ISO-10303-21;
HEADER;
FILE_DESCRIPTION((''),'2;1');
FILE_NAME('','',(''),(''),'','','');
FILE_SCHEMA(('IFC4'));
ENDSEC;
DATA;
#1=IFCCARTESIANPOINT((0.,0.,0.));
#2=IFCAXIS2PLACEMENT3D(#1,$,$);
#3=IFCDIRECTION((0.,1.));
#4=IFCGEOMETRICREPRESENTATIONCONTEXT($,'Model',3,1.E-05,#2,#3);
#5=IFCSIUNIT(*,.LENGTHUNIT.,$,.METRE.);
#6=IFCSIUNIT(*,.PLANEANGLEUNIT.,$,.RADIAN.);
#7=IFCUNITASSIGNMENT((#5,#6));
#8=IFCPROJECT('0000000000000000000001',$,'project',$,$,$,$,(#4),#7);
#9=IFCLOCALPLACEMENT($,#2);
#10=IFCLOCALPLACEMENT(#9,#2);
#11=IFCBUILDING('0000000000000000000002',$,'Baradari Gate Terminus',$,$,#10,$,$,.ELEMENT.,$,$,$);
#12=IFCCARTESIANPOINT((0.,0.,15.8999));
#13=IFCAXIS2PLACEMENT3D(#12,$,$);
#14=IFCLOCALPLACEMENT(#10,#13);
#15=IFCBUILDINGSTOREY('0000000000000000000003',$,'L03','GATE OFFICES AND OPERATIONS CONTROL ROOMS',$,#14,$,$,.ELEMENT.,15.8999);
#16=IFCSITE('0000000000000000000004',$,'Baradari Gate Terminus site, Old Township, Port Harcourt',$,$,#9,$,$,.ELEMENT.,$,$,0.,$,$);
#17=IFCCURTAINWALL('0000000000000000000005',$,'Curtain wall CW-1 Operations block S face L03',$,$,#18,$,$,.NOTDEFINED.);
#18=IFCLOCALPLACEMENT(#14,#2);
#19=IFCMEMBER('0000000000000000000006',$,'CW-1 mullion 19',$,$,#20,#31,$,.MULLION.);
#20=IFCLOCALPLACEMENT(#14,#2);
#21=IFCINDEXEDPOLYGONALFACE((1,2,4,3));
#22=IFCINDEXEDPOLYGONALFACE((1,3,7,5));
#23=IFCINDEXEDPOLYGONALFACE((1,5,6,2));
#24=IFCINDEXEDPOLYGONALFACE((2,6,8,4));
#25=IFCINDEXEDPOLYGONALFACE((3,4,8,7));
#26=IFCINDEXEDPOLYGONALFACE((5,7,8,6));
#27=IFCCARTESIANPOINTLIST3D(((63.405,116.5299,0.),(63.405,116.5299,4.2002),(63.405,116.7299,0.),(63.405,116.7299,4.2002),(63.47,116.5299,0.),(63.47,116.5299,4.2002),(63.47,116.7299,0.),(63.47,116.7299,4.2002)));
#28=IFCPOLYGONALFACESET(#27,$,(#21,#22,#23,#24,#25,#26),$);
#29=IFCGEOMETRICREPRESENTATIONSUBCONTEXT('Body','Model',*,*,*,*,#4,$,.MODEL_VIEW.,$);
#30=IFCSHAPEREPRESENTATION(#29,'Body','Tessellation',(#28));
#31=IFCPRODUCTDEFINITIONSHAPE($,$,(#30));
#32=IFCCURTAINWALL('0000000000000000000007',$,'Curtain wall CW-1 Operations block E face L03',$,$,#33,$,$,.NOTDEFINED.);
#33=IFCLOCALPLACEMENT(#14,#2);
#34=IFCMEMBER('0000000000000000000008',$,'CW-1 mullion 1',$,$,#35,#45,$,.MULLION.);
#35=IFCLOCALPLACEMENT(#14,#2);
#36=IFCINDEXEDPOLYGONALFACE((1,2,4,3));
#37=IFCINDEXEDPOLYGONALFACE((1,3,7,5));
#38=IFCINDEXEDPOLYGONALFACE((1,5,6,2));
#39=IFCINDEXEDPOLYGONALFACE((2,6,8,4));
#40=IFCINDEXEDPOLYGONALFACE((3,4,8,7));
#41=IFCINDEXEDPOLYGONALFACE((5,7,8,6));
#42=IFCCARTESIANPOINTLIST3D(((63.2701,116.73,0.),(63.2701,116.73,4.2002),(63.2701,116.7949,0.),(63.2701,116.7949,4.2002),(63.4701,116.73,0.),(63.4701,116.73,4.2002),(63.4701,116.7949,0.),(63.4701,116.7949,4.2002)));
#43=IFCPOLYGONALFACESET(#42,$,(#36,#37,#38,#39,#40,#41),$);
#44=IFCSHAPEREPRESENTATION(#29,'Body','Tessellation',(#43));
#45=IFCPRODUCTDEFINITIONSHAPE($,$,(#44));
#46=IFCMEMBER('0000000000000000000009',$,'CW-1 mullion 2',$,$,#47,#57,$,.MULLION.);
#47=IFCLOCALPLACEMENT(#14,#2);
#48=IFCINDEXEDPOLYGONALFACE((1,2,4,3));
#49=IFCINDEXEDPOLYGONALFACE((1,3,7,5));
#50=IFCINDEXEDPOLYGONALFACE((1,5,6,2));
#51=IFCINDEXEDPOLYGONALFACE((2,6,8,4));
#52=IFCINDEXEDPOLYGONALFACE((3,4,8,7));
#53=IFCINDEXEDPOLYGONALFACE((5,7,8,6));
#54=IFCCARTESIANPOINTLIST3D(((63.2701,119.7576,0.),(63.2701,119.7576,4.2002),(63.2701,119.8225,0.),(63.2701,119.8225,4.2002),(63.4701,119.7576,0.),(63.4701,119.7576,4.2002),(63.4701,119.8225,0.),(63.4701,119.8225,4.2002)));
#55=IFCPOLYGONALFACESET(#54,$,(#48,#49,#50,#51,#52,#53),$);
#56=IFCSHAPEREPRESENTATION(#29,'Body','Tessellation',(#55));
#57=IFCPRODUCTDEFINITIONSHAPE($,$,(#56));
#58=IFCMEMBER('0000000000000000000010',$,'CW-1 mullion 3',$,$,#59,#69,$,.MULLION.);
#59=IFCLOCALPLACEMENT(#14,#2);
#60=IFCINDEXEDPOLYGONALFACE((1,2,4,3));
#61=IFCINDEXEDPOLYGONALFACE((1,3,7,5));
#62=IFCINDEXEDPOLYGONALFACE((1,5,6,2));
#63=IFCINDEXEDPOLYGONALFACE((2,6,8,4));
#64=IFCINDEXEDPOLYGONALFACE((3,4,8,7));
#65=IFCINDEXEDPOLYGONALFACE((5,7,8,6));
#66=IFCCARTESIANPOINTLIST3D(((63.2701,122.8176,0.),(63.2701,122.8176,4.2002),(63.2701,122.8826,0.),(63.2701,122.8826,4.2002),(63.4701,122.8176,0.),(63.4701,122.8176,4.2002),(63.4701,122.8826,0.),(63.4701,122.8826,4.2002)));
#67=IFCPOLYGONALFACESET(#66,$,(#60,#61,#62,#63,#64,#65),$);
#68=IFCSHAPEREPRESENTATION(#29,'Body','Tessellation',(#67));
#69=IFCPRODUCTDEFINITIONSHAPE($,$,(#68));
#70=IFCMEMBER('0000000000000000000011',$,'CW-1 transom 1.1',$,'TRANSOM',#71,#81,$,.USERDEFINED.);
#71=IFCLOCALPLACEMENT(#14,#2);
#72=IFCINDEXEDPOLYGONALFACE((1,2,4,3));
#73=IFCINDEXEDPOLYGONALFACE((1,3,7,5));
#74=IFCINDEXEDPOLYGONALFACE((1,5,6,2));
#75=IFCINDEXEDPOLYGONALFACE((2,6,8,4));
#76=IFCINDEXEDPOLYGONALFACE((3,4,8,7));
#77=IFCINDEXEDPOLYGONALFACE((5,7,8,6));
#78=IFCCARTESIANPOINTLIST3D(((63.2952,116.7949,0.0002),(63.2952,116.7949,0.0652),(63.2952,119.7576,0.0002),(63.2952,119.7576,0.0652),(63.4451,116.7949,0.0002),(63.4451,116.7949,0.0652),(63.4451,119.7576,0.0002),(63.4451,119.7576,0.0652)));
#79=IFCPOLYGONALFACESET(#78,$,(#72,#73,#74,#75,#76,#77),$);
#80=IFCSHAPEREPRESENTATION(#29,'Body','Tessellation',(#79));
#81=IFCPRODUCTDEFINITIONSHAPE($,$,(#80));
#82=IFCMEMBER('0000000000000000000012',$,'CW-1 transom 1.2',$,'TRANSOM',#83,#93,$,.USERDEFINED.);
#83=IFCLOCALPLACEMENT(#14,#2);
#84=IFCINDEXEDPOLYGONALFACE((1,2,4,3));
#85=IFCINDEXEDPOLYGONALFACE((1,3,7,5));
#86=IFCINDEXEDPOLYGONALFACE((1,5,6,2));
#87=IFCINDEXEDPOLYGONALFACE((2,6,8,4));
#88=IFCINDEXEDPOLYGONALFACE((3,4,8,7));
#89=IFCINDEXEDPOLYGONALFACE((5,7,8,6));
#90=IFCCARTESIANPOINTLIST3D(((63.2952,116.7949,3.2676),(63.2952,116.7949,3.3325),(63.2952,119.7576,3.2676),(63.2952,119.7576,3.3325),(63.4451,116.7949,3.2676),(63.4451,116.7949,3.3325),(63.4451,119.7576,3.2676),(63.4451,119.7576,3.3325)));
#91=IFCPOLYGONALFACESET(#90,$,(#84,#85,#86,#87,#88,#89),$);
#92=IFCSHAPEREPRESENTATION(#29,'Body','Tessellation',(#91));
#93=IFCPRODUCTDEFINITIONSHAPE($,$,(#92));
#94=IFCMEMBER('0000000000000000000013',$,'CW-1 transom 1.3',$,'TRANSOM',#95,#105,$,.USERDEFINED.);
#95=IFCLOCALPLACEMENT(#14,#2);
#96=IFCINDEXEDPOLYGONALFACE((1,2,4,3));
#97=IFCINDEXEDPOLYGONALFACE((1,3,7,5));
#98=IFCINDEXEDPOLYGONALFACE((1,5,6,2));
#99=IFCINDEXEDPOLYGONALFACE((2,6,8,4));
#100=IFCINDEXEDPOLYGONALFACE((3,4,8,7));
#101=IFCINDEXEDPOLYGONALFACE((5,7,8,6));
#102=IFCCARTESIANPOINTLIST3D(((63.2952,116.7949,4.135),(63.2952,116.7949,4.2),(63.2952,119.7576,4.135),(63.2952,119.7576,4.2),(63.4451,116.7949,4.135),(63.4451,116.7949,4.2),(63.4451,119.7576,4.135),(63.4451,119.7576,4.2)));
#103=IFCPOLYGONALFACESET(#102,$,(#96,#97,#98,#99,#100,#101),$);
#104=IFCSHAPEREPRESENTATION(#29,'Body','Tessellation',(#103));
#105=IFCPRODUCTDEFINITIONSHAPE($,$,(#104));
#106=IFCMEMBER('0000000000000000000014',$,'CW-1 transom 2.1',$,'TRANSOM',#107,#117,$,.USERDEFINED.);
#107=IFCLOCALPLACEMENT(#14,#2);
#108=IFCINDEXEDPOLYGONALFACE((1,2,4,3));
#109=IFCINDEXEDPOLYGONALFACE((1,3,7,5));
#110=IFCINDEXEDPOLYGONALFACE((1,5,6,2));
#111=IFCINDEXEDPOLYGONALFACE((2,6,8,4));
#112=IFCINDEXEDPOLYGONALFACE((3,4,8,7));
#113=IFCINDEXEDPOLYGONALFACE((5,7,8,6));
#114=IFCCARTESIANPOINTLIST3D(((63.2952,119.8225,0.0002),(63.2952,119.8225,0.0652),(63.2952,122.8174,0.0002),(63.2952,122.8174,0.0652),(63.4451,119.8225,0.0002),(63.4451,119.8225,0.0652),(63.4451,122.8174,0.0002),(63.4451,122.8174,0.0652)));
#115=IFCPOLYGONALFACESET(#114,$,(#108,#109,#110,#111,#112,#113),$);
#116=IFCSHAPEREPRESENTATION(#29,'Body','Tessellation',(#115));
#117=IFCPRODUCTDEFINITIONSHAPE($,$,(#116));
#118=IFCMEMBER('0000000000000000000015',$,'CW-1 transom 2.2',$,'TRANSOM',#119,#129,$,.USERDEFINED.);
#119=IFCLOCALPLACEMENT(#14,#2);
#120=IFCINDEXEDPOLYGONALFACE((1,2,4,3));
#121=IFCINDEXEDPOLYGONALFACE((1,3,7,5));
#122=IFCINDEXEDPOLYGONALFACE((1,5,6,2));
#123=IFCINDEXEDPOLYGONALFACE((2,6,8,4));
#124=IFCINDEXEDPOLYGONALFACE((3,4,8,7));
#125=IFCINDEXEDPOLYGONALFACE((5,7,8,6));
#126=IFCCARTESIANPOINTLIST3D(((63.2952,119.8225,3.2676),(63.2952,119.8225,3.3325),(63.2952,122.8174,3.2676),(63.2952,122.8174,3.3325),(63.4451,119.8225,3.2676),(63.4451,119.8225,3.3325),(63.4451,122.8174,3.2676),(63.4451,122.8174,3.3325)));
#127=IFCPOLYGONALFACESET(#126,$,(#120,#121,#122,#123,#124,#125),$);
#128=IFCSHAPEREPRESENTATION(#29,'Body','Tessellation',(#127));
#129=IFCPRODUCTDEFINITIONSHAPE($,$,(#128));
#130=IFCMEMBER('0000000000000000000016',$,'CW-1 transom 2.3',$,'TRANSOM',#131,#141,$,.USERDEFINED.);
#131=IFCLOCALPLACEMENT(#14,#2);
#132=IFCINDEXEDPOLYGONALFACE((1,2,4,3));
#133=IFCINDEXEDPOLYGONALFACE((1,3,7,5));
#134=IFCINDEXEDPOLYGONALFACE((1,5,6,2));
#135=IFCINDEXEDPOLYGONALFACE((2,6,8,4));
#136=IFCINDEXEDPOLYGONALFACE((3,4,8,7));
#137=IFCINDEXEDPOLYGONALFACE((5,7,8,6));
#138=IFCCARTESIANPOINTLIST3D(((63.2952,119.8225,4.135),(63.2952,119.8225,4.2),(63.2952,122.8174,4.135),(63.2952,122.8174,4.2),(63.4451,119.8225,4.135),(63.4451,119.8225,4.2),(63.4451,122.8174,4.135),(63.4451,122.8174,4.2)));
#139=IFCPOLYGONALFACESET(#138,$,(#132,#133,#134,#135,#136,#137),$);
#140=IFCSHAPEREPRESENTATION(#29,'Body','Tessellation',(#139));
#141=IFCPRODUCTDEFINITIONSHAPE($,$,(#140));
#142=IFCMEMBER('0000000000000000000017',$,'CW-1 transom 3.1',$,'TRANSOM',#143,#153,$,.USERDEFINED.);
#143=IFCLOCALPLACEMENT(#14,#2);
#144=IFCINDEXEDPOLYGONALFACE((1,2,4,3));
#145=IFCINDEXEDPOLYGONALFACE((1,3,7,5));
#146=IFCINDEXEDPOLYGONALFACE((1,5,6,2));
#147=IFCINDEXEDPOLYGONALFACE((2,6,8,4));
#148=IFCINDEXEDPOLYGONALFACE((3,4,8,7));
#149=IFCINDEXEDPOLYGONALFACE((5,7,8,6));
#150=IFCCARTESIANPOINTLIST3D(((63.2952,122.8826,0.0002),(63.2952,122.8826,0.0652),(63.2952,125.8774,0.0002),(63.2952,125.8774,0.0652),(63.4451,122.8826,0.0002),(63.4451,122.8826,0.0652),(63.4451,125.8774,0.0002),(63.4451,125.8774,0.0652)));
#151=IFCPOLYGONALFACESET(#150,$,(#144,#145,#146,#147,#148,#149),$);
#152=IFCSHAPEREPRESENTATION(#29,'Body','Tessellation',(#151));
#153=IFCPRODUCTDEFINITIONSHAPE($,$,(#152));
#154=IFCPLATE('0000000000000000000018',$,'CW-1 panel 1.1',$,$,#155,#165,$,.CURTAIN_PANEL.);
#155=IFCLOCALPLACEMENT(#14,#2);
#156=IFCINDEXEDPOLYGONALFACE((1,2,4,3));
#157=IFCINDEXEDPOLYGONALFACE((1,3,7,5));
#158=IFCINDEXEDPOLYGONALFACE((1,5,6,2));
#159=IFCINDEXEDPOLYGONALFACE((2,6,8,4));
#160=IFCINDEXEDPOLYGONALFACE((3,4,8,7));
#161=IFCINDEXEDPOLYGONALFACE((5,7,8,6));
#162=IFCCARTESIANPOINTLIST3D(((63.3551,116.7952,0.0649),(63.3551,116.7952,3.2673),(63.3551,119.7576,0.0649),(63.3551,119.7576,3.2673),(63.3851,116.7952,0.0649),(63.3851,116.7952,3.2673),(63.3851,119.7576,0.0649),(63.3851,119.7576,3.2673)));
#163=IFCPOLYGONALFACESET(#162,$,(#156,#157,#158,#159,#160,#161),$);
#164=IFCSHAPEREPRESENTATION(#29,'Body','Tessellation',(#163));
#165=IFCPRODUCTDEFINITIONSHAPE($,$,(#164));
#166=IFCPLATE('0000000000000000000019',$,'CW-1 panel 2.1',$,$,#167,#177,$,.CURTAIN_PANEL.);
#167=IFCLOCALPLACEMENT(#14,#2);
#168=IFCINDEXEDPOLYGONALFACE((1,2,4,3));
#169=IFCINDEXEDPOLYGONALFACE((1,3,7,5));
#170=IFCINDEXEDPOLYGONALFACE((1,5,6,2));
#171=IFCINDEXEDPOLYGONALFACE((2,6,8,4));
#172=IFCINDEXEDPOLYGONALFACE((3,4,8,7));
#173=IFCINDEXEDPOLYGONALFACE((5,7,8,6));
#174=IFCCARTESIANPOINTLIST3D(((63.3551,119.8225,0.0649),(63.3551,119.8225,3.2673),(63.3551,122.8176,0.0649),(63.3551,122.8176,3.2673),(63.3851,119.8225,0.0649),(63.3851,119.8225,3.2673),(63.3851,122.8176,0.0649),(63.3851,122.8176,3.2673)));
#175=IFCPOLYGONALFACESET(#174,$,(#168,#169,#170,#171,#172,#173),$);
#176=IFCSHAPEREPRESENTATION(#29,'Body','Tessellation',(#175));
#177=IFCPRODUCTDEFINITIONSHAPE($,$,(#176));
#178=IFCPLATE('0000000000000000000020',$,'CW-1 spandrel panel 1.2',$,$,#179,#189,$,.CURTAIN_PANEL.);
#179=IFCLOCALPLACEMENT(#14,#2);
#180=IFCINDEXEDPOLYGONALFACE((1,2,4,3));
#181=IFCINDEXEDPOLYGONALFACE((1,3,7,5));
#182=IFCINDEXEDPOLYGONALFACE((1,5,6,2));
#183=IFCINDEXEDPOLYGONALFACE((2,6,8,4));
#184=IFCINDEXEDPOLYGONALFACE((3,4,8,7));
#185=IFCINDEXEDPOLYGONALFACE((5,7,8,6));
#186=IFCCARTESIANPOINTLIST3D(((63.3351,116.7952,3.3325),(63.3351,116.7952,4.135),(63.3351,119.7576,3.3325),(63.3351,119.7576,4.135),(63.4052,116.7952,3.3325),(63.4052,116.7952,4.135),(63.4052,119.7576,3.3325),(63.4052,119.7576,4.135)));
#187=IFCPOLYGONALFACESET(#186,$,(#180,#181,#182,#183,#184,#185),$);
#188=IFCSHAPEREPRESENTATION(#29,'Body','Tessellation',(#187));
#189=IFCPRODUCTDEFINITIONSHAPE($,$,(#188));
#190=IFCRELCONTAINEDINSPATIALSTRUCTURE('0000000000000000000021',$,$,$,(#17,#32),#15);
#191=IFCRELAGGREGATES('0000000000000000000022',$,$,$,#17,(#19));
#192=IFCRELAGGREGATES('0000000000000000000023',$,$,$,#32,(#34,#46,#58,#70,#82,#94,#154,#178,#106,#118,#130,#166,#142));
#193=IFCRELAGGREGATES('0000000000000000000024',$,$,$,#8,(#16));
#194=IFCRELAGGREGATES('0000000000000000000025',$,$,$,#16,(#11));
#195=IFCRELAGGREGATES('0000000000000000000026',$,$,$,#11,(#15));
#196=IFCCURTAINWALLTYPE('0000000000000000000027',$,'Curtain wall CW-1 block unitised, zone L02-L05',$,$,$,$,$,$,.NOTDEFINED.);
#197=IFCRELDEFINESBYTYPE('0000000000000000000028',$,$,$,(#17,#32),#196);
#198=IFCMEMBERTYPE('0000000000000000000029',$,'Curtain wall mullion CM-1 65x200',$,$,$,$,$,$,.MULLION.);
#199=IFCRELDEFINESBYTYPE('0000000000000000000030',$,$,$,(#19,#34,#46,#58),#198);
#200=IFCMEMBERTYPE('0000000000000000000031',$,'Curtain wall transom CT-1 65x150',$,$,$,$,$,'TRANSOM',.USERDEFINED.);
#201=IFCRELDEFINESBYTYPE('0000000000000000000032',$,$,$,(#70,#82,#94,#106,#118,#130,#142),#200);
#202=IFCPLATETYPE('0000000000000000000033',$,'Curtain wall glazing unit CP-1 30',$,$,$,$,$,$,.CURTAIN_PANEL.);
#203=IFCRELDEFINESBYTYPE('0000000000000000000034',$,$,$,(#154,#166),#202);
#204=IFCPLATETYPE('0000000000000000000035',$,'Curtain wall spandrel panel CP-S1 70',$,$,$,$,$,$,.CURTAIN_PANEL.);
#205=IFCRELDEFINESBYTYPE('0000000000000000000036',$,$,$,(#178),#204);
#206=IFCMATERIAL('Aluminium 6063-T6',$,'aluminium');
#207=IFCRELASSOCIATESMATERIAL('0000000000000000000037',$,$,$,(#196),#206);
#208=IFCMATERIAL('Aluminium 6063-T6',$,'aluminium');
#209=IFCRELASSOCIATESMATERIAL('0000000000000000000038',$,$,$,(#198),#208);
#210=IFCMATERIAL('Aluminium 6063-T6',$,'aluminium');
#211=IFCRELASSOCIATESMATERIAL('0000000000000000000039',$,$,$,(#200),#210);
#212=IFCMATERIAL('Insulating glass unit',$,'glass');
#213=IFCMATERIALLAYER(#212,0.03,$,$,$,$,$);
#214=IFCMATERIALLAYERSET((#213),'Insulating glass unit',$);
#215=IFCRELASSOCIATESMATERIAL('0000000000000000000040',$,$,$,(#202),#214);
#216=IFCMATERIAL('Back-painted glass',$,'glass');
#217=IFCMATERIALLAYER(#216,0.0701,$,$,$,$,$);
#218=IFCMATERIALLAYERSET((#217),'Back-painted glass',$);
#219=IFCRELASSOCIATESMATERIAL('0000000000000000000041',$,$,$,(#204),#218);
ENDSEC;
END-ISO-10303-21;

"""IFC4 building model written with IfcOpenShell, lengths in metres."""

from ifc_helpers import new_model, si_unit, direction, frame, origin, origin_2d, place, context, subcontext, project, spatial, rectangle, extrude, material, layer, layer_set, material_profile, profile_set, type_object, element, aggregate, save


model = new_model("IFC4")

# Units and contexts
model_context = context("Model", 3, precision=1e-05, world=origin(), true_north=direction((0.0, 1.0)))
body_context = subcontext(model_context, "Body", "Model", "MODEL_VIEW")
ifc_project = project(units=[si_unit("LENGTHUNIT", "METRE"), si_unit("PLANEANGLEUNIT", "RADIAN")], contexts=[model_context])

# Site, building, storey
site_placement = place(None, origin())
site = spatial("IfcSite", under=ifc_project, at=site_placement, Name="Baradari Gate Terminus site, Old Township, Port Harcourt", CompositionType="ELEMENT", RefElevation=0.0)
building_placement = place(site_placement, origin())
building = spatial("IfcBuilding", under=site, at=building_placement, Name="Baradari Gate Terminus", CompositionType="ELEMENT")
storey_placement = place(building_placement, frame((0.0, 0.0, 15.8999)))
storey = spatial("IfcBuildingStorey", under=building, at=storey_placement, Name="L03", Description="GATE OFFICES AND OPERATIONS CONTROL ROOMS", CompositionType="ELEMENT", Elevation=15.8999)

# Curtain wall, member
ifc_material_1 = material(Name="Aluminium 6063-T6", Category="aluminium")
curtain_wall_type = type_object("IfcCurtainWallType", Name="Curtain wall CW-1 block unitised, zone L02-L05", PredefinedType="NOTDEFINED", material=ifc_material_1)
curtain_wall_1_placement = place(storey_placement, origin())
curtain_wall_1 = element("IfcCurtainWall", 1, at=curtain_wall_1_placement, inside=storey, type_object=curtain_wall_type, Name="Curtain wall CW-1 Operations block S face L03", PredefinedType="NOTDEFINED")
ifc_material_2 = material(Name="Aluminium 6063-T6", Category="aluminium")
ifc_material_profile_1 = material_profile(ifc_material_2, rectangle(XDim=0.2, YDim=0.0649, at=origin_2d()), Name="CM-1 65X200")
ifc_profile_set_1 = profile_set([ifc_material_profile_1], Name="Aluminium 6063-T6")
member_type_1 = type_object("IfcMemberType", Name="Curtain wall mullion CM-1 65x200", PredefinedType="MULLION", material=ifc_profile_set_1)
member_1_placement = place(storey_placement, frame((63.4375, 116.6299, 0.0), z_axis=(0.0, 0.0, 1.0), x_axis=(0.0, 1.0, 0.0)))
member_1 = element("IfcMember", 2, at=member_1_placement, type_object=member_type_1, Name="CW-1 mullion 19", PredefinedType="MULLION", context=body_context, shape_type="SweptSolid", body=[
    extrude(rectangle(XDim=0.2, YDim=0.0649, at=origin_2d()), origin(), (0.0, 0.0, 1.0), 4.2002),
])
aggregate(curtain_wall_1, [member_1])

# Curtain wall, members, plates
curtain_wall_2_placement = place(storey_placement, origin())
curtain_wall_2 = element("IfcCurtainWall", 3, at=curtain_wall_2_placement, inside=storey, type_object=curtain_wall_type, Name="Curtain wall CW-1 Operations block E face L03", PredefinedType="NOTDEFINED")
member_2_placement = place(storey_placement, frame((63.3701, 116.7625, 0.0), z_axis=(0.0, 0.0, 1.0), x_axis=(-1.0, 0.0, 0.0)))
member_2 = element("IfcMember", 4, at=member_2_placement, type_object=member_type_1, Name="CW-1 mullion 1", PredefinedType="MULLION", context=body_context, shape_type="SweptSolid", body=[
    extrude(rectangle(XDim=0.2, YDim=0.0649, at=origin_2d()), origin(), (0.0, 0.0, 1.0), 4.2002),
])
member_3_placement = place(storey_placement, frame((63.3701, 119.79, 0.0), z_axis=(0.0, 0.0, 1.0), x_axis=(-1.0, 0.0, 0.0)))
member_3 = element("IfcMember", 5, at=member_3_placement, type_object=member_type_1, Name="CW-1 mullion 2", PredefinedType="MULLION", context=body_context, shape_type="SweptSolid", body=[
    extrude(rectangle(XDim=0.2, YDim=0.0649, at=origin_2d()), origin(), (0.0, 0.0, 1.0), 4.2002),
])
member_4_placement = place(storey_placement, frame((63.3701, 122.8501, 0.0), z_axis=(0.0, 0.0, 1.0), x_axis=(-1.0, 0.0, 0.0)))
member_4 = element("IfcMember", 6, at=member_4_placement, type_object=member_type_1, Name="CW-1 mullion 3", PredefinedType="MULLION", context=body_context, shape_type="SweptSolid", body=[
    extrude(rectangle(XDim=0.2, YDim=0.0649, at=origin_2d()), origin(), (0.0, 0.0, 1.0), 4.2002),
])
ifc_material_3 = material(Name="Aluminium 6063-T6", Category="aluminium")
ifc_material_profile_2 = material_profile(ifc_material_3, rectangle(XDim=0.1499, YDim=0.0649, at=origin_2d()), Name="CT-1 65X150")
ifc_profile_set_2 = profile_set([ifc_material_profile_2], Name="Aluminium 6063-T6")
member_type_2 = type_object("IfcMemberType", Name="Curtain wall transom CT-1 65x150", ElementType="TRANSOM", PredefinedType="USERDEFINED", material=ifc_profile_set_2)
member_5_placement = place(storey_placement, frame((63.3701, 116.7949, 0.0327), z_axis=(0.0, 1.0, 0.0), x_axis=(-1.0, 0.0, 0.0)))
member_5 = element("IfcMember", 7, at=member_5_placement, type_object=member_type_2, Name="CW-1 transom 1.1", ObjectType="TRANSOM", PredefinedType="USERDEFINED", context=body_context, shape_type="SweptSolid", body=[
    extrude(rectangle(XDim=0.1499, YDim=0.0649, at=origin_2d()), origin(), (0.0, 0.0, 1.0), 2.9626),
])
member_6_placement = place(storey_placement, frame((63.3701, 116.7949, 3.3), z_axis=(0.0, 1.0, 0.0), x_axis=(-1.0, 0.0, 0.0)))
member_6 = element("IfcMember", 8, at=member_6_placement, type_object=member_type_2, Name="CW-1 transom 1.2", ObjectType="TRANSOM", PredefinedType="USERDEFINED", context=body_context, shape_type="SweptSolid", body=[
    extrude(rectangle(XDim=0.1499, YDim=0.0649, at=origin_2d()), origin(), (0.0, 0.0, 1.0), 2.9626),
])
member_7_placement = place(storey_placement, frame((63.3701, 116.7949, 4.1675), z_axis=(0.0, 1.0, 0.0), x_axis=(-1.0, 0.0, 0.0)))
member_7 = element("IfcMember", 9, at=member_7_placement, type_object=member_type_2, Name="CW-1 transom 1.3", ObjectType="TRANSOM", PredefinedType="USERDEFINED", context=body_context, shape_type="SweptSolid", body=[
    extrude(rectangle(XDim=0.1499, YDim=0.0649, at=origin_2d()), origin(), (0.0, 0.0, 1.0), 2.9626),
])
member_8_placement = place(storey_placement, frame((63.3701, 119.8225, 0.0327), z_axis=(0.0, 1.0, 0.0), x_axis=(-1.0, 0.0, 0.0)))
member_8 = element("IfcMember", 10, at=member_8_placement, type_object=member_type_2, Name="CW-1 transom 2.1", ObjectType="TRANSOM", PredefinedType="USERDEFINED", context=body_context, shape_type="SweptSolid", body=[
    extrude(rectangle(XDim=0.1499, YDim=0.0649, at=origin_2d()), origin(), (0.0, 0.0, 1.0), 2.9949),
])
member_9_placement = place(storey_placement, frame((63.3701, 119.8225, 3.3), z_axis=(0.0, 1.0, 0.0), x_axis=(-1.0, 0.0, 0.0)))
member_9 = element("IfcMember", 11, at=member_9_placement, type_object=member_type_2, Name="CW-1 transom 2.2", ObjectType="TRANSOM", PredefinedType="USERDEFINED", context=body_context, shape_type="SweptSolid", body=[
    extrude(rectangle(XDim=0.1499, YDim=0.0649, at=origin_2d()), origin(), (0.0, 0.0, 1.0), 2.9949),
])
member_10_placement = place(storey_placement, frame((63.3701, 119.8225, 4.1675), z_axis=(0.0, 1.0, 0.0), x_axis=(-1.0, 0.0, 0.0)))
member_10 = element("IfcMember", 12, at=member_10_placement, type_object=member_type_2, Name="CW-1 transom 2.3", ObjectType="TRANSOM", PredefinedType="USERDEFINED", context=body_context, shape_type="SweptSolid", body=[
    extrude(rectangle(XDim=0.1499, YDim=0.0649, at=origin_2d()), origin(), (0.0, 0.0, 1.0), 2.9949),
])
member_11_placement = place(storey_placement, frame((63.3701, 122.8826, 0.0327), z_axis=(0.0, 1.0, 0.0), x_axis=(-1.0, 0.0, 0.0)))
member_11 = element("IfcMember", 13, at=member_11_placement, type_object=member_type_2, Name="CW-1 transom 3.1", ObjectType="TRANSOM", PredefinedType="USERDEFINED", context=body_context, shape_type="SweptSolid", body=[
    extrude(rectangle(XDim=0.1499, YDim=0.0649, at=origin_2d()), origin(), (0.0, 0.0, 1.0), 2.9949),
])
ifc_material_4 = material(Name="Insulating glass unit", Category="glass")
ifc_layer_1 = layer(ifc_material_4, 0.03)
ifc_layer_set_1 = layer_set([ifc_layer_1], Name="Insulating glass unit")
plate_type_1 = type_object("IfcPlateType", Name="Curtain wall glazing unit CP-1 30", PredefinedType="CURTAIN_PANEL", material=ifc_layer_set_1)
plate_1_placement = place(storey_placement, frame((63.3701, 118.2764, 0.0649), z_axis=(0.0, 0.0, 1.0), x_axis=(0.0, 1.0, 0.0)))
plate_1 = element("IfcPlate", 14, at=plate_1_placement, type_object=plate_type_1, Name="CW-1 panel 1.1", PredefinedType="CURTAIN_PANEL", context=body_context, shape_type="SweptSolid", body=[
    extrude(rectangle(XDim=2.9624, YDim=0.03, at=origin_2d()), origin(), (0.0, 0.0, 1.0), 3.2024),
])
plate_2_placement = place(storey_placement, frame((63.3701, 121.3201, 0.0649), z_axis=(0.0, 0.0, 1.0), x_axis=(0.0, 1.0, 0.0)))
plate_2 = element("IfcPlate", 15, at=plate_2_placement, type_object=plate_type_1, Name="CW-1 panel 2.1", PredefinedType="CURTAIN_PANEL", context=body_context, shape_type="SweptSolid", body=[
    extrude(rectangle(XDim=2.9951, YDim=0.03, at=origin_2d()), origin(), (0.0, 0.0, 1.0), 3.2024),
])
ifc_material_5 = material(Name="Back-painted glass", Category="glass")
ifc_layer_2 = layer(ifc_material_5, 0.0701)
ifc_layer_set_2 = layer_set([ifc_layer_2], Name="Back-painted glass")
plate_type_2 = type_object("IfcPlateType", Name="Curtain wall spandrel panel CP-S1 70", PredefinedType="CURTAIN_PANEL", material=ifc_layer_set_2)
plate_3_placement = place(storey_placement, frame((63.3701, 118.2764, 3.3325), z_axis=(0.0, 0.0, 1.0), x_axis=(0.0, 1.0, 0.0)))
plate_3 = element("IfcPlate", 16, at=plate_3_placement, type_object=plate_type_2, Name="CW-1 spandrel panel 1.2", PredefinedType="CURTAIN_PANEL", context=body_context, shape_type="SweptSolid", body=[
    extrude(rectangle(XDim=2.9624, YDim=0.0701, at=origin_2d()), origin(), (0.0, 0.0, 1.0), 0.8025),
])
aggregate(curtain_wall_2, [member_2, member_3, member_4, member_5, member_6, member_7, plate_1, plate_3, member_8, member_9, member_10, plate_2, member_11])

save(model, "model.ifc")
